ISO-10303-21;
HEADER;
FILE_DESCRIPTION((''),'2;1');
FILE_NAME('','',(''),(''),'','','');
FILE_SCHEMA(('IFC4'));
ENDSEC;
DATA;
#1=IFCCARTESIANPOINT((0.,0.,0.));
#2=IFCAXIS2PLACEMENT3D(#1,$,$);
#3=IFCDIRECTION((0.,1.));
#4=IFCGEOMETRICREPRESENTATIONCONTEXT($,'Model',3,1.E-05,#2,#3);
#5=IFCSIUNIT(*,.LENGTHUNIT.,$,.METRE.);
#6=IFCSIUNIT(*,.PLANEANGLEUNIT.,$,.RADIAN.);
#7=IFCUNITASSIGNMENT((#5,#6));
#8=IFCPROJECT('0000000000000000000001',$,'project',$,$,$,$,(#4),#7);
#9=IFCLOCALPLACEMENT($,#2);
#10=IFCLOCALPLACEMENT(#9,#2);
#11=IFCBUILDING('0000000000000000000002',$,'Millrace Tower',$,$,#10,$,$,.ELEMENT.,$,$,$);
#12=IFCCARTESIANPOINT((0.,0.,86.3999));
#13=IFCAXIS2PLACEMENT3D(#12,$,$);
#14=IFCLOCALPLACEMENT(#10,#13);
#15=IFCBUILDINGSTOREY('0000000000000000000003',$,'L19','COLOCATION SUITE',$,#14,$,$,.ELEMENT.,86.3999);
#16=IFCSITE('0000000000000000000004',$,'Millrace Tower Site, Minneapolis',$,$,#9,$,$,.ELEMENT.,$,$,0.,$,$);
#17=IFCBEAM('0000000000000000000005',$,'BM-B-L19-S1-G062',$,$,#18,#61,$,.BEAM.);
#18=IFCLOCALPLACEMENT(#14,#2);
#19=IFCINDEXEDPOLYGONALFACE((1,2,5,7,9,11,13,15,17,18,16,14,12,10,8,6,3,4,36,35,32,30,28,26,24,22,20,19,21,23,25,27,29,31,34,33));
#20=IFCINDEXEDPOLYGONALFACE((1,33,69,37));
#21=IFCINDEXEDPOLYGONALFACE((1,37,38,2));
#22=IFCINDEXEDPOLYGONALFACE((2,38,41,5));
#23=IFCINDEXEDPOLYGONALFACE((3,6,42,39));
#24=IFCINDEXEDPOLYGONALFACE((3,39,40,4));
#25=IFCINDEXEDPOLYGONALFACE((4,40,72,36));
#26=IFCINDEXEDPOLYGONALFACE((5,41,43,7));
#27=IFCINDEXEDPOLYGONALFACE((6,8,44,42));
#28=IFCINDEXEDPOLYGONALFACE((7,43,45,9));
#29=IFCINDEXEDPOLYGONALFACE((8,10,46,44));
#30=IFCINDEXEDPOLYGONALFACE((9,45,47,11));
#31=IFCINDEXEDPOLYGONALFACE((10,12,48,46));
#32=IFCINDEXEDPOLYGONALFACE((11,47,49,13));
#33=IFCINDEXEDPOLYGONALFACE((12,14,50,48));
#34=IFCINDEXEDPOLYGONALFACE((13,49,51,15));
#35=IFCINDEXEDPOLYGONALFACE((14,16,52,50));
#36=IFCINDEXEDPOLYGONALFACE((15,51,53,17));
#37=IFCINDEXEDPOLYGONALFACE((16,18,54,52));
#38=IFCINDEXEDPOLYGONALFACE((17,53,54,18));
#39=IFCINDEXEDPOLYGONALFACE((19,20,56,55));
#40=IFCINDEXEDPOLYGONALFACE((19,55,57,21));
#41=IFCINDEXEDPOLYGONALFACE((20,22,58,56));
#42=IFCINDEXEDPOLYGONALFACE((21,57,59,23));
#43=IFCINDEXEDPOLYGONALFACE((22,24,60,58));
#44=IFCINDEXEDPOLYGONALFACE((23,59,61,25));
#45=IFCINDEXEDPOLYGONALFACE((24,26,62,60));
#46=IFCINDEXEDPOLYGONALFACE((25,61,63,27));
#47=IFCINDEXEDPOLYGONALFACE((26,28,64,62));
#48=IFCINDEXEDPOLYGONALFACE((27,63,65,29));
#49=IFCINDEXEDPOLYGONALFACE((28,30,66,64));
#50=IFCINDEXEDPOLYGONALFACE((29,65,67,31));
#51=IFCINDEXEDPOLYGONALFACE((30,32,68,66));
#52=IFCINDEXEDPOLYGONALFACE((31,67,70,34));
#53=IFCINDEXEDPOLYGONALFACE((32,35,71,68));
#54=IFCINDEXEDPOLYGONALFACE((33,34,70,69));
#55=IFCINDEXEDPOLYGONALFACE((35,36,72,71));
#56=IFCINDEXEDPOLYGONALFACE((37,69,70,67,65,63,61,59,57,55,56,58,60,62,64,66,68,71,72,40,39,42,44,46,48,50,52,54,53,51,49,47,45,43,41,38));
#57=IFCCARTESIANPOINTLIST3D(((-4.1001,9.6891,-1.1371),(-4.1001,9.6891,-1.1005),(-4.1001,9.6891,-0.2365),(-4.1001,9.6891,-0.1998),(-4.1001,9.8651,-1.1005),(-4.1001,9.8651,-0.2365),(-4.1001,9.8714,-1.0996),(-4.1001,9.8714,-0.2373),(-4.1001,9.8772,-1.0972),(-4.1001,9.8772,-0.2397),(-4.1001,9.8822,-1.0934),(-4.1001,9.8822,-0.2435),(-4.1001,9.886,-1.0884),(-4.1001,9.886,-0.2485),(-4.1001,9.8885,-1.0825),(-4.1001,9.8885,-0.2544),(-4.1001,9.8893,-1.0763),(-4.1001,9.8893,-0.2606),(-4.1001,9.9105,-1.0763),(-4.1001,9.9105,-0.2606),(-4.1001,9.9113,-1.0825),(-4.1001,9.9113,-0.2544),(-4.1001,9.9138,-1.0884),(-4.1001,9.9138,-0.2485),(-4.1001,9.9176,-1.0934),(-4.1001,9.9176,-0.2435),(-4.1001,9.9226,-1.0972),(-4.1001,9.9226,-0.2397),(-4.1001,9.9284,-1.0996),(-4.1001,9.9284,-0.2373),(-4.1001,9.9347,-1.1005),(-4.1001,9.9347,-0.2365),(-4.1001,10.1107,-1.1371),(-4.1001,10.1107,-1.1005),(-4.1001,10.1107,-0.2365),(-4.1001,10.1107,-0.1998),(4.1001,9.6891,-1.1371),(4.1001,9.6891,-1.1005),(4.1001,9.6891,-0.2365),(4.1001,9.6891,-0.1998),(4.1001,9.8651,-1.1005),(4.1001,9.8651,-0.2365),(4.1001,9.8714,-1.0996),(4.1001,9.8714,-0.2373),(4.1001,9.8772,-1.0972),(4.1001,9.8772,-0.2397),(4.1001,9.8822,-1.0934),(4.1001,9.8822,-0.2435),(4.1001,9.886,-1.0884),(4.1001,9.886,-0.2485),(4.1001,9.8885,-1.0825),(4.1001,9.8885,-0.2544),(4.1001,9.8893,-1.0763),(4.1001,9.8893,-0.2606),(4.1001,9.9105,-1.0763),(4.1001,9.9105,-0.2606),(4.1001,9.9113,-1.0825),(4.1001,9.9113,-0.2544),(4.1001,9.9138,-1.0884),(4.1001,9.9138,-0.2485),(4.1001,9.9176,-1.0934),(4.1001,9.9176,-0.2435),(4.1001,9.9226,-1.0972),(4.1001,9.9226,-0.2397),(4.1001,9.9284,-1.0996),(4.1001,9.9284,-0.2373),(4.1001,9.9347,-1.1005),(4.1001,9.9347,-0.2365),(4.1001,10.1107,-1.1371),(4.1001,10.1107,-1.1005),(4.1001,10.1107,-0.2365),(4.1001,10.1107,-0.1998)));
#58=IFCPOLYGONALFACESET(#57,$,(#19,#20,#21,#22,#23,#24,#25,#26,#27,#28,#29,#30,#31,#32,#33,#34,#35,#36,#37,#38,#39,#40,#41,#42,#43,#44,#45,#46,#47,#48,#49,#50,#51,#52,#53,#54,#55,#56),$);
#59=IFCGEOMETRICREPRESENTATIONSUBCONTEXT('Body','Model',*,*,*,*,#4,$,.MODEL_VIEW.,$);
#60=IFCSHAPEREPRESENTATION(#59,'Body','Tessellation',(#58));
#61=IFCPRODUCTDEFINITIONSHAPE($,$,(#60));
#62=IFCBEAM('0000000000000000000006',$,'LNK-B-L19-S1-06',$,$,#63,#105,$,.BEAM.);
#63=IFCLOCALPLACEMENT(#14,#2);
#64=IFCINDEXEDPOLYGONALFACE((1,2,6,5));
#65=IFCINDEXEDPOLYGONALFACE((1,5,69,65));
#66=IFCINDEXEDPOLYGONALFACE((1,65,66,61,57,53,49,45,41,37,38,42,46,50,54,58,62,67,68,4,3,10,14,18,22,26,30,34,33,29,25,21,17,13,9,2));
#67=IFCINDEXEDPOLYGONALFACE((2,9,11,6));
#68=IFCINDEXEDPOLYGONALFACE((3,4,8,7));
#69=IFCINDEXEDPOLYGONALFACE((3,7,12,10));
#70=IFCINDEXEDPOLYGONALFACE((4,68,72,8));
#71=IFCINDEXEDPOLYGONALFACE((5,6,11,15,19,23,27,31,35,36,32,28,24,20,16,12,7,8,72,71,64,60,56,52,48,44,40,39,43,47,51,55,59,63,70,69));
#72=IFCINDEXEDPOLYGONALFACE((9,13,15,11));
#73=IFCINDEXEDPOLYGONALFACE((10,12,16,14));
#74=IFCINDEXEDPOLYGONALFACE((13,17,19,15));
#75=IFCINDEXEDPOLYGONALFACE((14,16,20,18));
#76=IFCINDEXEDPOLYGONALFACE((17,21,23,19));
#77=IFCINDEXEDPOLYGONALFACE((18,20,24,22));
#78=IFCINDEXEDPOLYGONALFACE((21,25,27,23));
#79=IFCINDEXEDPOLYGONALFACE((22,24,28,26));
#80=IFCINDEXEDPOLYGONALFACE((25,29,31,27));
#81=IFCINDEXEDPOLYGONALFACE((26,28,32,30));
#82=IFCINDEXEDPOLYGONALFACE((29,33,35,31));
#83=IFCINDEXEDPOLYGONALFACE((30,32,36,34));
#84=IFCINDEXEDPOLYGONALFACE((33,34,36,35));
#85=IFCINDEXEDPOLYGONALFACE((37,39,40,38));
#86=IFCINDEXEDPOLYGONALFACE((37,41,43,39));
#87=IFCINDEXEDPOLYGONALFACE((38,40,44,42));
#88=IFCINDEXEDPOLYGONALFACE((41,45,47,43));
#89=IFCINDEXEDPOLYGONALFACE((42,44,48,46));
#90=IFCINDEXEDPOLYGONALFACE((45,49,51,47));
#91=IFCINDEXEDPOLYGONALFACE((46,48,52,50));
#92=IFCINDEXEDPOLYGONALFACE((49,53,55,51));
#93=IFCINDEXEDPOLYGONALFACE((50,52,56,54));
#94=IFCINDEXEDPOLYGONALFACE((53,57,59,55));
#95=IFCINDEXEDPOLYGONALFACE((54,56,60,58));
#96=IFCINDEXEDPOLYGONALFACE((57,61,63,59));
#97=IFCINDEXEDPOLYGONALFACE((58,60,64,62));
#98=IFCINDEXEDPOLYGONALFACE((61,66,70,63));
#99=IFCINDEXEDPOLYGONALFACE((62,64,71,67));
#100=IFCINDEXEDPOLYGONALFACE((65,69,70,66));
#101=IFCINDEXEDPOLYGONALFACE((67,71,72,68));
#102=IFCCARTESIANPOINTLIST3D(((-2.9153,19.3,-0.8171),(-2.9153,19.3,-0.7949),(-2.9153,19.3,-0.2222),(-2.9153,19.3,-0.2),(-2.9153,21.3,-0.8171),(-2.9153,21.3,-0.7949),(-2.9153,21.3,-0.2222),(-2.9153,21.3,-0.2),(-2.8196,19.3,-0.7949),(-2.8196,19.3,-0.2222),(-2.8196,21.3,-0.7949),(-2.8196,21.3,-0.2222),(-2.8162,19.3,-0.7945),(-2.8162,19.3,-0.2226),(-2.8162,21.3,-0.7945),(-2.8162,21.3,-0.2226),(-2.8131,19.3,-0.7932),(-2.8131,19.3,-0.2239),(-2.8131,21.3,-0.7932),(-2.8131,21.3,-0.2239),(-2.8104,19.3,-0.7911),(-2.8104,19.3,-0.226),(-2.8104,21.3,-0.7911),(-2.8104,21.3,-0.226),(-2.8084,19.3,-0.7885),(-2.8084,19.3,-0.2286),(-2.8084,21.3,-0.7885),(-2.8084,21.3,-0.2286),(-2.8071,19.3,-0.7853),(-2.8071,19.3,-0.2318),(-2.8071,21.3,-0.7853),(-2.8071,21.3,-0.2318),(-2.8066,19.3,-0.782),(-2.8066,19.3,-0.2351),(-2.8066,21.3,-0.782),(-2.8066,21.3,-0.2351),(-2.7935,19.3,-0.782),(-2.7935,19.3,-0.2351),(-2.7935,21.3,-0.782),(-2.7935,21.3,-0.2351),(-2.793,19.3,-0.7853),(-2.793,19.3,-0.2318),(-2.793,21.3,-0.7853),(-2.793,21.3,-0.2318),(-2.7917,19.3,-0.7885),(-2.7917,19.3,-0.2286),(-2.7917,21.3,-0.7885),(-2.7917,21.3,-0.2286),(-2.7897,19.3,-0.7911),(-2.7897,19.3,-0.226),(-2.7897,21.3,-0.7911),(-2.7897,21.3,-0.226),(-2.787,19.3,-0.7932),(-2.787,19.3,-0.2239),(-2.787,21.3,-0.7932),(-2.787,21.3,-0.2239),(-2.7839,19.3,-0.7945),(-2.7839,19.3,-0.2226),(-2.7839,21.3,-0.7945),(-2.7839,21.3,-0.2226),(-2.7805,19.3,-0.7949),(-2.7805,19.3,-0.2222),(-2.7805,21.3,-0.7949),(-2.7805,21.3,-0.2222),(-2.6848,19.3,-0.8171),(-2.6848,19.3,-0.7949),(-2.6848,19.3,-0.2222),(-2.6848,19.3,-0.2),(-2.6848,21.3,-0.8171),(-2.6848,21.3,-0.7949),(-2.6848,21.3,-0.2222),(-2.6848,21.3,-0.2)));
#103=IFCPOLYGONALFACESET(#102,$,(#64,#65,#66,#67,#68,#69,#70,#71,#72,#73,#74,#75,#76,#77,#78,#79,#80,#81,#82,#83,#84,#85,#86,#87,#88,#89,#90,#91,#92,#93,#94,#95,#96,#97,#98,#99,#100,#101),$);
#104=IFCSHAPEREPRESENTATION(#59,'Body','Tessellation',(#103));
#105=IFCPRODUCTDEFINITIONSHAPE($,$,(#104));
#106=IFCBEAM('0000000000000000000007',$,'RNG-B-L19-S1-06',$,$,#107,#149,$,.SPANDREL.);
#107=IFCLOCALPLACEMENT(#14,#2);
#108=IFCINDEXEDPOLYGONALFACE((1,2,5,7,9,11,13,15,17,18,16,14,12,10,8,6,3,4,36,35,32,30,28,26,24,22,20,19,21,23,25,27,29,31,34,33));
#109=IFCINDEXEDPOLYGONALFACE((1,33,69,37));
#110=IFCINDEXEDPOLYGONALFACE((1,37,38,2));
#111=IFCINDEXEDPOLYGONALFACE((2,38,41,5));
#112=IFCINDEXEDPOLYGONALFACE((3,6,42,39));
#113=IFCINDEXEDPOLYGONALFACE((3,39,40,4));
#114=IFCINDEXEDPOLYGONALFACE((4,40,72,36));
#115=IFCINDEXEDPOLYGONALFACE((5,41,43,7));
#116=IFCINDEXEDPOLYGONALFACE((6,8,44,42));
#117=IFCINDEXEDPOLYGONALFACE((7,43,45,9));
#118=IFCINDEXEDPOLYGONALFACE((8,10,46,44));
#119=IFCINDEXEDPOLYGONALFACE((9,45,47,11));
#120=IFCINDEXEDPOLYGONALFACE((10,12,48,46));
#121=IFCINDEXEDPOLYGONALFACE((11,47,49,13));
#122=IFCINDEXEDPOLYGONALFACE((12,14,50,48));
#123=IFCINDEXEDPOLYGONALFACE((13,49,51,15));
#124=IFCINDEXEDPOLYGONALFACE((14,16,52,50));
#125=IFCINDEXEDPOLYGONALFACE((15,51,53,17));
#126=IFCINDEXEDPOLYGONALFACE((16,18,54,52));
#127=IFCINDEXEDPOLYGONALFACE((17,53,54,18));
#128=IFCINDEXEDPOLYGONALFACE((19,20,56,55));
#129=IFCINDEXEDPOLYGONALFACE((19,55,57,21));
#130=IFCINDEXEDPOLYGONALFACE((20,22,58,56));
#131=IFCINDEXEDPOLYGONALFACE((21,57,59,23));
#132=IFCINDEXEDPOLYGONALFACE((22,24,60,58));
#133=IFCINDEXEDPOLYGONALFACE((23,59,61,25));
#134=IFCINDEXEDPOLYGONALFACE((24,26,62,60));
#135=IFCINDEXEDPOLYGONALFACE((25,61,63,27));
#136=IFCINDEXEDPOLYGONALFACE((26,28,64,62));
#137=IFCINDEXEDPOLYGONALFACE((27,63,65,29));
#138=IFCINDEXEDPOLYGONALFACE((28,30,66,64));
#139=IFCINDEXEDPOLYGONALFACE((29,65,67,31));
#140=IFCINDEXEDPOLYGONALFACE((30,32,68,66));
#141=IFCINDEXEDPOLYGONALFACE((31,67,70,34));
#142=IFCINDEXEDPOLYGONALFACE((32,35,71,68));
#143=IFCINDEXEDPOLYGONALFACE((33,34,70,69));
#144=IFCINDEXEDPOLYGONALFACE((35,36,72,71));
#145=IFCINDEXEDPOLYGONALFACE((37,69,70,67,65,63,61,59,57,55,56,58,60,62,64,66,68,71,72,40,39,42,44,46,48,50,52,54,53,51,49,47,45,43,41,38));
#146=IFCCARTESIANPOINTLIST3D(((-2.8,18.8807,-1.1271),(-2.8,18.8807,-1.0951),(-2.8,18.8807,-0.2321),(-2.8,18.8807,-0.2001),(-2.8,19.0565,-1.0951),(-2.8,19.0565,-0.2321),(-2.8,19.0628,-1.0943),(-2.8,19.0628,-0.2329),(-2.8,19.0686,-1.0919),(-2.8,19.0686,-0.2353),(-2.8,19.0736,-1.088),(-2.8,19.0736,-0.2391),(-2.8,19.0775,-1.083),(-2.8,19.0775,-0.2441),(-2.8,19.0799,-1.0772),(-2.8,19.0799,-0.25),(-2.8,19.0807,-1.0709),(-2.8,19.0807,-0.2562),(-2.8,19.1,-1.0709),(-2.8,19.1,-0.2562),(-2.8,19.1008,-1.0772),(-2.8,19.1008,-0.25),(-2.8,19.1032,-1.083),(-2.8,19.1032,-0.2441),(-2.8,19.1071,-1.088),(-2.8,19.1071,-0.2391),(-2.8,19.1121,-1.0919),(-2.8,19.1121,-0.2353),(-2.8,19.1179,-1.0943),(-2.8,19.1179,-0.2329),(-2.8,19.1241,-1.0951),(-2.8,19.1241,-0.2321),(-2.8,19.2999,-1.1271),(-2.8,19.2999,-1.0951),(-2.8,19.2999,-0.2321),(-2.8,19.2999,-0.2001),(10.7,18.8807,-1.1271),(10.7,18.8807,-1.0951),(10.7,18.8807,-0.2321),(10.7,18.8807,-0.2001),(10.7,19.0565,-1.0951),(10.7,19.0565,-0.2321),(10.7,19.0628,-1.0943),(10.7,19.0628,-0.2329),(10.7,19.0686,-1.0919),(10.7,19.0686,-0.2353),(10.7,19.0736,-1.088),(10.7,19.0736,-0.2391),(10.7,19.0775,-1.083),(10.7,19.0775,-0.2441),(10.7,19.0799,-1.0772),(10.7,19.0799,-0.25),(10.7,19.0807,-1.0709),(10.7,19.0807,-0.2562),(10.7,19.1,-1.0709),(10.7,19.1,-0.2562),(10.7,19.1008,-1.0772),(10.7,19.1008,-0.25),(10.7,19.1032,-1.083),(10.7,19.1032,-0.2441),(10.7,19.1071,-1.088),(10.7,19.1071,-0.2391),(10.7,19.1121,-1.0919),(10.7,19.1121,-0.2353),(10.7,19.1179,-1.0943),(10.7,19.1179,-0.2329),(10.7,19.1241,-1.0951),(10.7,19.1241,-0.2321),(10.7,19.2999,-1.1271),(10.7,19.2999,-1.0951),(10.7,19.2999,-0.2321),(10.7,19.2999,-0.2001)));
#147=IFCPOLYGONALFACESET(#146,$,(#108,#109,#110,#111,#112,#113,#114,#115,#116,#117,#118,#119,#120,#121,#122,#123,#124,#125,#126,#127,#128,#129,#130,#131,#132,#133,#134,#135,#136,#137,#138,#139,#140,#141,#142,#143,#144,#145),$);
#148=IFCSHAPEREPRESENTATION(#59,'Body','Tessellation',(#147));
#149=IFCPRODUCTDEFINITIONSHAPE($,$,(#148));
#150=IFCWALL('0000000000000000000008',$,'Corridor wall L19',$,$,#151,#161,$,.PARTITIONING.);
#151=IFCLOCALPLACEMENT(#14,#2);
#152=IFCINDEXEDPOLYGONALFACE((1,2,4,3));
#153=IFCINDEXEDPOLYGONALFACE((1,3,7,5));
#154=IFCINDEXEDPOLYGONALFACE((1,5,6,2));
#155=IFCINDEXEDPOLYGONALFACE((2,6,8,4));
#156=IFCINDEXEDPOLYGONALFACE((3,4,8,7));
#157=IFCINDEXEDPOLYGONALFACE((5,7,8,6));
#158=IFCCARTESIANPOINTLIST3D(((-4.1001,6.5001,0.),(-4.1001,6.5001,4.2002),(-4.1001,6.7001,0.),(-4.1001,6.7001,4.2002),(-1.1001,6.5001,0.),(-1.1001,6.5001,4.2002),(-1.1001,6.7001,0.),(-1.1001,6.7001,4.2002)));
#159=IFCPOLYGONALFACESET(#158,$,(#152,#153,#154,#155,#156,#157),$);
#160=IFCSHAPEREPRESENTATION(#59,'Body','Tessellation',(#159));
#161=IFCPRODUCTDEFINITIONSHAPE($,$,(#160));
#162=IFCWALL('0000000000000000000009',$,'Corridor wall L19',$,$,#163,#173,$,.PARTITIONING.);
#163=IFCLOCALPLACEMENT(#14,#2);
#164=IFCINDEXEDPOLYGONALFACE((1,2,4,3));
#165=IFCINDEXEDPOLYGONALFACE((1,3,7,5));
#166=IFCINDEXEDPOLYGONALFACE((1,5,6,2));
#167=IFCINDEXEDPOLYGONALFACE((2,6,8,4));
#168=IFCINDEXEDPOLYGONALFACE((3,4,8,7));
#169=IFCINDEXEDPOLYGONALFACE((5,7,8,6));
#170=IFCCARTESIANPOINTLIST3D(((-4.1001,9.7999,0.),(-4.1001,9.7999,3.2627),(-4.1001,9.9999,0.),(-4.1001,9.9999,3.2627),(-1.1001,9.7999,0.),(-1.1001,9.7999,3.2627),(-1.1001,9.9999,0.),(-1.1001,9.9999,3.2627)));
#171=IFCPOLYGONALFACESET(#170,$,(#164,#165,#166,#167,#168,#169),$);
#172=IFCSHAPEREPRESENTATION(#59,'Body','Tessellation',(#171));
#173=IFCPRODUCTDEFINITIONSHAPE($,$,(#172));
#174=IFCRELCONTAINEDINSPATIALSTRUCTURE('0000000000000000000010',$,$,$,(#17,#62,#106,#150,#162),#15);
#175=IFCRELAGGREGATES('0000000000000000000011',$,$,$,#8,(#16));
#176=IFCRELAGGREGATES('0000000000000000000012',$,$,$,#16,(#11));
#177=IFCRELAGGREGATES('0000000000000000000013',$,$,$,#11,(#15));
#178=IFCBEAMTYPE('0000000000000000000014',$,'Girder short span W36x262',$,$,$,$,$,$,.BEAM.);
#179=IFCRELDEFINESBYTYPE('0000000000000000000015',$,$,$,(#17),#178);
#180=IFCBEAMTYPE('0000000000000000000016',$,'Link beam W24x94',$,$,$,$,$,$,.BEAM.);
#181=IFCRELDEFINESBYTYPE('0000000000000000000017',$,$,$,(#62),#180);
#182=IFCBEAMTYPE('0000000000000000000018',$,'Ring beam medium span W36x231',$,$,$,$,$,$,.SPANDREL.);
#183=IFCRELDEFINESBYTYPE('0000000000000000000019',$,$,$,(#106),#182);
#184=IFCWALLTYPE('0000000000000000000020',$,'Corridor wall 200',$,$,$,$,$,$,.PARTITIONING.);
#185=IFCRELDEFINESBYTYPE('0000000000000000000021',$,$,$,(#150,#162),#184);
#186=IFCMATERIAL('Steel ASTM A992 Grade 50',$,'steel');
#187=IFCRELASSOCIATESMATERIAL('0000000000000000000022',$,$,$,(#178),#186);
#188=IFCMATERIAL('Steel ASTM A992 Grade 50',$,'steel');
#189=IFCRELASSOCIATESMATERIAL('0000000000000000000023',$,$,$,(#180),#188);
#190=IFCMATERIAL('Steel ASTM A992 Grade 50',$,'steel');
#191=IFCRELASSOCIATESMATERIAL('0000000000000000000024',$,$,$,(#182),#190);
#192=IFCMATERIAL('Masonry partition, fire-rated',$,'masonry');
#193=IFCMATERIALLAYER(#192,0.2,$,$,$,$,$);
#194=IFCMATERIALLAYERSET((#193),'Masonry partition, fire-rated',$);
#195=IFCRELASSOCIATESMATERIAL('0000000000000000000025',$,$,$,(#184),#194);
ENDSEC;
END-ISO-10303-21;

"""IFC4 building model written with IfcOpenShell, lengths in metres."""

from ifc_helpers import new_model, si_unit, direction, frame, frame_2d, origin, origin_2d, place, context, subcontext, project, spatial, rectangle, i_section, extrude, material, layer, layer_set, material_profile, profile_set, type_object, element, save


model = new_model("IFC4")

# Units and contexts
model_context = context("Model", 3, precision=1e-05, world=origin(), true_north=direction((0.0, 1.0)))
body_context = subcontext(model_context, "Body", "Model", "MODEL_VIEW")
ifc_project = project(units=[si_unit("LENGTHUNIT", "METRE"), si_unit("PLANEANGLEUNIT", "RADIAN")], contexts=[model_context])

# Site, building, storey
site_placement = place(None, origin())
site = spatial("IfcSite", under=ifc_project, at=site_placement, Name="Millrace Tower Site, Minneapolis", CompositionType="ELEMENT", RefElevation=0.0)
building_placement = place(site_placement, origin())
building = spatial("IfcBuilding", under=site, at=building_placement, Name="Millrace Tower", CompositionType="ELEMENT")
storey_placement = place(building_placement, frame((0.0, 0.0, 86.3999)))
storey = spatial("IfcBuildingStorey", under=building, at=storey_placement, Name="L19", Description="COLOCATION SUITE", CompositionType="ELEMENT", Elevation=86.3999)

# Beams
ifc_material_1 = material(Name="Steel ASTM A992 Grade 50", Category="steel")
ifc_material_profile_1 = material_profile(ifc_material_1, i_section(OverallWidth=0.4216, OverallDepth=0.9373, WebThickness=0.0212, FlangeThickness=0.0366, FilletRadius=0.0242, at=origin_2d()))
ifc_profile_set_1 = profile_set([ifc_material_profile_1], Name="Steel ASTM A992 Grade 50")
beam_type_1 = type_object("IfcBeamType", Name="Girder short span W36x262", PredefinedType="BEAM", material=ifc_profile_set_1)
beam_1_placement = place(storey_placement, frame((-4.1001, 9.8999, -0.6685), z_axis=(1.0, 0.0, 0.0), x_axis=(0.0, 1.0, 0.0)))
element("IfcBeam", 1, at=beam_1_placement, inside=storey, type_object=beam_type_1, Name="BM-B-L19-S1-G062", PredefinedType="BEAM", context=body_context, shape_type="SweptSolid", body=[
    extrude(i_section(OverallWidth=0.4216, OverallDepth=0.9373, WebThickness=0.0212, FlangeThickness=0.0366, FilletRadius=0.0242, at=origin_2d()), origin(), (0.0, 0.0, 1.0), 8.2002),
])
ifc_material_2 = material(Name="Steel ASTM A992 Grade 50", Category="steel")
ifc_material_profile_2 = material_profile(ifc_material_2, i_section(OverallWidth=0.2305, OverallDepth=0.6172, WebThickness=0.0132, FlangeThickness=0.0222, FilletRadius=0.0129, at=origin_2d()))
ifc_profile_set_2 = profile_set([ifc_material_profile_2], Name="Steel ASTM A992 Grade 50")
beam_type_2 = type_object("IfcBeamType", Name="Link beam W24x94", PredefinedType="BEAM", material=ifc_profile_set_2)
beam_2_placement = place(storey_placement, frame((-2.8, 19.3, -0.5085), z_axis=(0.0, 1.0, 0.0), x_axis=(-1.0, 0.0, 0.0)))
element("IfcBeam", 2, at=beam_2_placement, inside=storey, type_object=beam_type_2, Name="LNK-B-L19-S1-06", PredefinedType="BEAM", context=body_context, shape_type="SweptSolid", body=[
    extrude(i_section(OverallWidth=0.2305, OverallDepth=0.6172, WebThickness=0.0132, FlangeThickness=0.0222, FilletRadius=0.0129, at=origin_2d()), origin(), (0.0, 0.0, 1.0), 2.0),
])
ifc_material_3 = material(Name="Steel ASTM A992 Grade 50", Category="steel")
ifc_material_profile_3 = material_profile(ifc_material_3, i_section(OverallWidth=0.4192, OverallDepth=0.927, WebThickness=0.0193, FlangeThickness=0.032, FilletRadius=0.0242, at=origin_2d()))
ifc_profile_set_3 = profile_set([ifc_material_profile_3], Name="Steel ASTM A992 Grade 50")
beam_type_3 = type_object("IfcBeamType", Name="Ring beam medium span W36x231", PredefinedType="SPANDREL", material=ifc_profile_set_3)
beam_3_placement = place(storey_placement, frame((-2.8, 19.0903, -0.6636), z_axis=(1.0, 0.0, 0.0), x_axis=(0.0, 1.0, 0.0)))
element("IfcBeam", 3, at=beam_3_placement, inside=storey, type_object=beam_type_3, Name="RNG-B-L19-S1-06", PredefinedType="SPANDREL", context=body_context, shape_type="SweptSolid", body=[
    extrude(i_section(OverallWidth=0.4192, OverallDepth=0.927, WebThickness=0.0193, FlangeThickness=0.032, FilletRadius=0.0242, at=origin_2d()), origin(), (0.0, 0.0, 1.0), 13.5),
])

# Walls
ifc_material_4 = material(Name="Masonry partition, fire-rated", Category="masonry")
ifc_layer_1 = layer(ifc_material_4, 0.2)
ifc_layer_set_1 = layer_set([ifc_layer_1], Name="Masonry partition, fire-rated")
wall_type_1 = type_object("IfcWallType", Name="Corridor wall 200", PredefinedType="PARTITIONING", material=ifc_layer_set_1)
wall_1_placement = place(storey_placement, frame((-4.1001, 6.6001, 0.0), z_axis=(0.0, 0.0, 1.0), x_axis=(1.0, 0.0, 0.0)))
element("IfcWall", 4, at=wall_1_placement, inside=storey, type_object=wall_type_1, Name="Corridor wall L19", PredefinedType="PARTITIONING", context=body_context, shape_type="SweptSolid", body=[
    extrude(rectangle(XDim=3.0, YDim=0.2, at=frame_2d((1.5, 0.0))), origin(), (0.0, 0.0, 1.0), 4.2002),
])
wall_2_placement = place(storey_placement, frame((-4.1001, 9.8999, 0.0), z_axis=(0.0, 0.0, 1.0), x_axis=(1.0, 0.0, 0.0)))
element("IfcWall", 5, at=wall_2_placement, inside=storey, type_object=wall_type_1, Name="Corridor wall L19", PredefinedType="PARTITIONING", context=body_context, shape_type="SweptSolid", body=[
    extrude(rectangle(XDim=3.0, YDim=0.2, at=frame_2d((1.5, 0.0))), origin(), (0.0, 0.0, 1.0), 3.2627),
])

save(model, "model.ifc")
